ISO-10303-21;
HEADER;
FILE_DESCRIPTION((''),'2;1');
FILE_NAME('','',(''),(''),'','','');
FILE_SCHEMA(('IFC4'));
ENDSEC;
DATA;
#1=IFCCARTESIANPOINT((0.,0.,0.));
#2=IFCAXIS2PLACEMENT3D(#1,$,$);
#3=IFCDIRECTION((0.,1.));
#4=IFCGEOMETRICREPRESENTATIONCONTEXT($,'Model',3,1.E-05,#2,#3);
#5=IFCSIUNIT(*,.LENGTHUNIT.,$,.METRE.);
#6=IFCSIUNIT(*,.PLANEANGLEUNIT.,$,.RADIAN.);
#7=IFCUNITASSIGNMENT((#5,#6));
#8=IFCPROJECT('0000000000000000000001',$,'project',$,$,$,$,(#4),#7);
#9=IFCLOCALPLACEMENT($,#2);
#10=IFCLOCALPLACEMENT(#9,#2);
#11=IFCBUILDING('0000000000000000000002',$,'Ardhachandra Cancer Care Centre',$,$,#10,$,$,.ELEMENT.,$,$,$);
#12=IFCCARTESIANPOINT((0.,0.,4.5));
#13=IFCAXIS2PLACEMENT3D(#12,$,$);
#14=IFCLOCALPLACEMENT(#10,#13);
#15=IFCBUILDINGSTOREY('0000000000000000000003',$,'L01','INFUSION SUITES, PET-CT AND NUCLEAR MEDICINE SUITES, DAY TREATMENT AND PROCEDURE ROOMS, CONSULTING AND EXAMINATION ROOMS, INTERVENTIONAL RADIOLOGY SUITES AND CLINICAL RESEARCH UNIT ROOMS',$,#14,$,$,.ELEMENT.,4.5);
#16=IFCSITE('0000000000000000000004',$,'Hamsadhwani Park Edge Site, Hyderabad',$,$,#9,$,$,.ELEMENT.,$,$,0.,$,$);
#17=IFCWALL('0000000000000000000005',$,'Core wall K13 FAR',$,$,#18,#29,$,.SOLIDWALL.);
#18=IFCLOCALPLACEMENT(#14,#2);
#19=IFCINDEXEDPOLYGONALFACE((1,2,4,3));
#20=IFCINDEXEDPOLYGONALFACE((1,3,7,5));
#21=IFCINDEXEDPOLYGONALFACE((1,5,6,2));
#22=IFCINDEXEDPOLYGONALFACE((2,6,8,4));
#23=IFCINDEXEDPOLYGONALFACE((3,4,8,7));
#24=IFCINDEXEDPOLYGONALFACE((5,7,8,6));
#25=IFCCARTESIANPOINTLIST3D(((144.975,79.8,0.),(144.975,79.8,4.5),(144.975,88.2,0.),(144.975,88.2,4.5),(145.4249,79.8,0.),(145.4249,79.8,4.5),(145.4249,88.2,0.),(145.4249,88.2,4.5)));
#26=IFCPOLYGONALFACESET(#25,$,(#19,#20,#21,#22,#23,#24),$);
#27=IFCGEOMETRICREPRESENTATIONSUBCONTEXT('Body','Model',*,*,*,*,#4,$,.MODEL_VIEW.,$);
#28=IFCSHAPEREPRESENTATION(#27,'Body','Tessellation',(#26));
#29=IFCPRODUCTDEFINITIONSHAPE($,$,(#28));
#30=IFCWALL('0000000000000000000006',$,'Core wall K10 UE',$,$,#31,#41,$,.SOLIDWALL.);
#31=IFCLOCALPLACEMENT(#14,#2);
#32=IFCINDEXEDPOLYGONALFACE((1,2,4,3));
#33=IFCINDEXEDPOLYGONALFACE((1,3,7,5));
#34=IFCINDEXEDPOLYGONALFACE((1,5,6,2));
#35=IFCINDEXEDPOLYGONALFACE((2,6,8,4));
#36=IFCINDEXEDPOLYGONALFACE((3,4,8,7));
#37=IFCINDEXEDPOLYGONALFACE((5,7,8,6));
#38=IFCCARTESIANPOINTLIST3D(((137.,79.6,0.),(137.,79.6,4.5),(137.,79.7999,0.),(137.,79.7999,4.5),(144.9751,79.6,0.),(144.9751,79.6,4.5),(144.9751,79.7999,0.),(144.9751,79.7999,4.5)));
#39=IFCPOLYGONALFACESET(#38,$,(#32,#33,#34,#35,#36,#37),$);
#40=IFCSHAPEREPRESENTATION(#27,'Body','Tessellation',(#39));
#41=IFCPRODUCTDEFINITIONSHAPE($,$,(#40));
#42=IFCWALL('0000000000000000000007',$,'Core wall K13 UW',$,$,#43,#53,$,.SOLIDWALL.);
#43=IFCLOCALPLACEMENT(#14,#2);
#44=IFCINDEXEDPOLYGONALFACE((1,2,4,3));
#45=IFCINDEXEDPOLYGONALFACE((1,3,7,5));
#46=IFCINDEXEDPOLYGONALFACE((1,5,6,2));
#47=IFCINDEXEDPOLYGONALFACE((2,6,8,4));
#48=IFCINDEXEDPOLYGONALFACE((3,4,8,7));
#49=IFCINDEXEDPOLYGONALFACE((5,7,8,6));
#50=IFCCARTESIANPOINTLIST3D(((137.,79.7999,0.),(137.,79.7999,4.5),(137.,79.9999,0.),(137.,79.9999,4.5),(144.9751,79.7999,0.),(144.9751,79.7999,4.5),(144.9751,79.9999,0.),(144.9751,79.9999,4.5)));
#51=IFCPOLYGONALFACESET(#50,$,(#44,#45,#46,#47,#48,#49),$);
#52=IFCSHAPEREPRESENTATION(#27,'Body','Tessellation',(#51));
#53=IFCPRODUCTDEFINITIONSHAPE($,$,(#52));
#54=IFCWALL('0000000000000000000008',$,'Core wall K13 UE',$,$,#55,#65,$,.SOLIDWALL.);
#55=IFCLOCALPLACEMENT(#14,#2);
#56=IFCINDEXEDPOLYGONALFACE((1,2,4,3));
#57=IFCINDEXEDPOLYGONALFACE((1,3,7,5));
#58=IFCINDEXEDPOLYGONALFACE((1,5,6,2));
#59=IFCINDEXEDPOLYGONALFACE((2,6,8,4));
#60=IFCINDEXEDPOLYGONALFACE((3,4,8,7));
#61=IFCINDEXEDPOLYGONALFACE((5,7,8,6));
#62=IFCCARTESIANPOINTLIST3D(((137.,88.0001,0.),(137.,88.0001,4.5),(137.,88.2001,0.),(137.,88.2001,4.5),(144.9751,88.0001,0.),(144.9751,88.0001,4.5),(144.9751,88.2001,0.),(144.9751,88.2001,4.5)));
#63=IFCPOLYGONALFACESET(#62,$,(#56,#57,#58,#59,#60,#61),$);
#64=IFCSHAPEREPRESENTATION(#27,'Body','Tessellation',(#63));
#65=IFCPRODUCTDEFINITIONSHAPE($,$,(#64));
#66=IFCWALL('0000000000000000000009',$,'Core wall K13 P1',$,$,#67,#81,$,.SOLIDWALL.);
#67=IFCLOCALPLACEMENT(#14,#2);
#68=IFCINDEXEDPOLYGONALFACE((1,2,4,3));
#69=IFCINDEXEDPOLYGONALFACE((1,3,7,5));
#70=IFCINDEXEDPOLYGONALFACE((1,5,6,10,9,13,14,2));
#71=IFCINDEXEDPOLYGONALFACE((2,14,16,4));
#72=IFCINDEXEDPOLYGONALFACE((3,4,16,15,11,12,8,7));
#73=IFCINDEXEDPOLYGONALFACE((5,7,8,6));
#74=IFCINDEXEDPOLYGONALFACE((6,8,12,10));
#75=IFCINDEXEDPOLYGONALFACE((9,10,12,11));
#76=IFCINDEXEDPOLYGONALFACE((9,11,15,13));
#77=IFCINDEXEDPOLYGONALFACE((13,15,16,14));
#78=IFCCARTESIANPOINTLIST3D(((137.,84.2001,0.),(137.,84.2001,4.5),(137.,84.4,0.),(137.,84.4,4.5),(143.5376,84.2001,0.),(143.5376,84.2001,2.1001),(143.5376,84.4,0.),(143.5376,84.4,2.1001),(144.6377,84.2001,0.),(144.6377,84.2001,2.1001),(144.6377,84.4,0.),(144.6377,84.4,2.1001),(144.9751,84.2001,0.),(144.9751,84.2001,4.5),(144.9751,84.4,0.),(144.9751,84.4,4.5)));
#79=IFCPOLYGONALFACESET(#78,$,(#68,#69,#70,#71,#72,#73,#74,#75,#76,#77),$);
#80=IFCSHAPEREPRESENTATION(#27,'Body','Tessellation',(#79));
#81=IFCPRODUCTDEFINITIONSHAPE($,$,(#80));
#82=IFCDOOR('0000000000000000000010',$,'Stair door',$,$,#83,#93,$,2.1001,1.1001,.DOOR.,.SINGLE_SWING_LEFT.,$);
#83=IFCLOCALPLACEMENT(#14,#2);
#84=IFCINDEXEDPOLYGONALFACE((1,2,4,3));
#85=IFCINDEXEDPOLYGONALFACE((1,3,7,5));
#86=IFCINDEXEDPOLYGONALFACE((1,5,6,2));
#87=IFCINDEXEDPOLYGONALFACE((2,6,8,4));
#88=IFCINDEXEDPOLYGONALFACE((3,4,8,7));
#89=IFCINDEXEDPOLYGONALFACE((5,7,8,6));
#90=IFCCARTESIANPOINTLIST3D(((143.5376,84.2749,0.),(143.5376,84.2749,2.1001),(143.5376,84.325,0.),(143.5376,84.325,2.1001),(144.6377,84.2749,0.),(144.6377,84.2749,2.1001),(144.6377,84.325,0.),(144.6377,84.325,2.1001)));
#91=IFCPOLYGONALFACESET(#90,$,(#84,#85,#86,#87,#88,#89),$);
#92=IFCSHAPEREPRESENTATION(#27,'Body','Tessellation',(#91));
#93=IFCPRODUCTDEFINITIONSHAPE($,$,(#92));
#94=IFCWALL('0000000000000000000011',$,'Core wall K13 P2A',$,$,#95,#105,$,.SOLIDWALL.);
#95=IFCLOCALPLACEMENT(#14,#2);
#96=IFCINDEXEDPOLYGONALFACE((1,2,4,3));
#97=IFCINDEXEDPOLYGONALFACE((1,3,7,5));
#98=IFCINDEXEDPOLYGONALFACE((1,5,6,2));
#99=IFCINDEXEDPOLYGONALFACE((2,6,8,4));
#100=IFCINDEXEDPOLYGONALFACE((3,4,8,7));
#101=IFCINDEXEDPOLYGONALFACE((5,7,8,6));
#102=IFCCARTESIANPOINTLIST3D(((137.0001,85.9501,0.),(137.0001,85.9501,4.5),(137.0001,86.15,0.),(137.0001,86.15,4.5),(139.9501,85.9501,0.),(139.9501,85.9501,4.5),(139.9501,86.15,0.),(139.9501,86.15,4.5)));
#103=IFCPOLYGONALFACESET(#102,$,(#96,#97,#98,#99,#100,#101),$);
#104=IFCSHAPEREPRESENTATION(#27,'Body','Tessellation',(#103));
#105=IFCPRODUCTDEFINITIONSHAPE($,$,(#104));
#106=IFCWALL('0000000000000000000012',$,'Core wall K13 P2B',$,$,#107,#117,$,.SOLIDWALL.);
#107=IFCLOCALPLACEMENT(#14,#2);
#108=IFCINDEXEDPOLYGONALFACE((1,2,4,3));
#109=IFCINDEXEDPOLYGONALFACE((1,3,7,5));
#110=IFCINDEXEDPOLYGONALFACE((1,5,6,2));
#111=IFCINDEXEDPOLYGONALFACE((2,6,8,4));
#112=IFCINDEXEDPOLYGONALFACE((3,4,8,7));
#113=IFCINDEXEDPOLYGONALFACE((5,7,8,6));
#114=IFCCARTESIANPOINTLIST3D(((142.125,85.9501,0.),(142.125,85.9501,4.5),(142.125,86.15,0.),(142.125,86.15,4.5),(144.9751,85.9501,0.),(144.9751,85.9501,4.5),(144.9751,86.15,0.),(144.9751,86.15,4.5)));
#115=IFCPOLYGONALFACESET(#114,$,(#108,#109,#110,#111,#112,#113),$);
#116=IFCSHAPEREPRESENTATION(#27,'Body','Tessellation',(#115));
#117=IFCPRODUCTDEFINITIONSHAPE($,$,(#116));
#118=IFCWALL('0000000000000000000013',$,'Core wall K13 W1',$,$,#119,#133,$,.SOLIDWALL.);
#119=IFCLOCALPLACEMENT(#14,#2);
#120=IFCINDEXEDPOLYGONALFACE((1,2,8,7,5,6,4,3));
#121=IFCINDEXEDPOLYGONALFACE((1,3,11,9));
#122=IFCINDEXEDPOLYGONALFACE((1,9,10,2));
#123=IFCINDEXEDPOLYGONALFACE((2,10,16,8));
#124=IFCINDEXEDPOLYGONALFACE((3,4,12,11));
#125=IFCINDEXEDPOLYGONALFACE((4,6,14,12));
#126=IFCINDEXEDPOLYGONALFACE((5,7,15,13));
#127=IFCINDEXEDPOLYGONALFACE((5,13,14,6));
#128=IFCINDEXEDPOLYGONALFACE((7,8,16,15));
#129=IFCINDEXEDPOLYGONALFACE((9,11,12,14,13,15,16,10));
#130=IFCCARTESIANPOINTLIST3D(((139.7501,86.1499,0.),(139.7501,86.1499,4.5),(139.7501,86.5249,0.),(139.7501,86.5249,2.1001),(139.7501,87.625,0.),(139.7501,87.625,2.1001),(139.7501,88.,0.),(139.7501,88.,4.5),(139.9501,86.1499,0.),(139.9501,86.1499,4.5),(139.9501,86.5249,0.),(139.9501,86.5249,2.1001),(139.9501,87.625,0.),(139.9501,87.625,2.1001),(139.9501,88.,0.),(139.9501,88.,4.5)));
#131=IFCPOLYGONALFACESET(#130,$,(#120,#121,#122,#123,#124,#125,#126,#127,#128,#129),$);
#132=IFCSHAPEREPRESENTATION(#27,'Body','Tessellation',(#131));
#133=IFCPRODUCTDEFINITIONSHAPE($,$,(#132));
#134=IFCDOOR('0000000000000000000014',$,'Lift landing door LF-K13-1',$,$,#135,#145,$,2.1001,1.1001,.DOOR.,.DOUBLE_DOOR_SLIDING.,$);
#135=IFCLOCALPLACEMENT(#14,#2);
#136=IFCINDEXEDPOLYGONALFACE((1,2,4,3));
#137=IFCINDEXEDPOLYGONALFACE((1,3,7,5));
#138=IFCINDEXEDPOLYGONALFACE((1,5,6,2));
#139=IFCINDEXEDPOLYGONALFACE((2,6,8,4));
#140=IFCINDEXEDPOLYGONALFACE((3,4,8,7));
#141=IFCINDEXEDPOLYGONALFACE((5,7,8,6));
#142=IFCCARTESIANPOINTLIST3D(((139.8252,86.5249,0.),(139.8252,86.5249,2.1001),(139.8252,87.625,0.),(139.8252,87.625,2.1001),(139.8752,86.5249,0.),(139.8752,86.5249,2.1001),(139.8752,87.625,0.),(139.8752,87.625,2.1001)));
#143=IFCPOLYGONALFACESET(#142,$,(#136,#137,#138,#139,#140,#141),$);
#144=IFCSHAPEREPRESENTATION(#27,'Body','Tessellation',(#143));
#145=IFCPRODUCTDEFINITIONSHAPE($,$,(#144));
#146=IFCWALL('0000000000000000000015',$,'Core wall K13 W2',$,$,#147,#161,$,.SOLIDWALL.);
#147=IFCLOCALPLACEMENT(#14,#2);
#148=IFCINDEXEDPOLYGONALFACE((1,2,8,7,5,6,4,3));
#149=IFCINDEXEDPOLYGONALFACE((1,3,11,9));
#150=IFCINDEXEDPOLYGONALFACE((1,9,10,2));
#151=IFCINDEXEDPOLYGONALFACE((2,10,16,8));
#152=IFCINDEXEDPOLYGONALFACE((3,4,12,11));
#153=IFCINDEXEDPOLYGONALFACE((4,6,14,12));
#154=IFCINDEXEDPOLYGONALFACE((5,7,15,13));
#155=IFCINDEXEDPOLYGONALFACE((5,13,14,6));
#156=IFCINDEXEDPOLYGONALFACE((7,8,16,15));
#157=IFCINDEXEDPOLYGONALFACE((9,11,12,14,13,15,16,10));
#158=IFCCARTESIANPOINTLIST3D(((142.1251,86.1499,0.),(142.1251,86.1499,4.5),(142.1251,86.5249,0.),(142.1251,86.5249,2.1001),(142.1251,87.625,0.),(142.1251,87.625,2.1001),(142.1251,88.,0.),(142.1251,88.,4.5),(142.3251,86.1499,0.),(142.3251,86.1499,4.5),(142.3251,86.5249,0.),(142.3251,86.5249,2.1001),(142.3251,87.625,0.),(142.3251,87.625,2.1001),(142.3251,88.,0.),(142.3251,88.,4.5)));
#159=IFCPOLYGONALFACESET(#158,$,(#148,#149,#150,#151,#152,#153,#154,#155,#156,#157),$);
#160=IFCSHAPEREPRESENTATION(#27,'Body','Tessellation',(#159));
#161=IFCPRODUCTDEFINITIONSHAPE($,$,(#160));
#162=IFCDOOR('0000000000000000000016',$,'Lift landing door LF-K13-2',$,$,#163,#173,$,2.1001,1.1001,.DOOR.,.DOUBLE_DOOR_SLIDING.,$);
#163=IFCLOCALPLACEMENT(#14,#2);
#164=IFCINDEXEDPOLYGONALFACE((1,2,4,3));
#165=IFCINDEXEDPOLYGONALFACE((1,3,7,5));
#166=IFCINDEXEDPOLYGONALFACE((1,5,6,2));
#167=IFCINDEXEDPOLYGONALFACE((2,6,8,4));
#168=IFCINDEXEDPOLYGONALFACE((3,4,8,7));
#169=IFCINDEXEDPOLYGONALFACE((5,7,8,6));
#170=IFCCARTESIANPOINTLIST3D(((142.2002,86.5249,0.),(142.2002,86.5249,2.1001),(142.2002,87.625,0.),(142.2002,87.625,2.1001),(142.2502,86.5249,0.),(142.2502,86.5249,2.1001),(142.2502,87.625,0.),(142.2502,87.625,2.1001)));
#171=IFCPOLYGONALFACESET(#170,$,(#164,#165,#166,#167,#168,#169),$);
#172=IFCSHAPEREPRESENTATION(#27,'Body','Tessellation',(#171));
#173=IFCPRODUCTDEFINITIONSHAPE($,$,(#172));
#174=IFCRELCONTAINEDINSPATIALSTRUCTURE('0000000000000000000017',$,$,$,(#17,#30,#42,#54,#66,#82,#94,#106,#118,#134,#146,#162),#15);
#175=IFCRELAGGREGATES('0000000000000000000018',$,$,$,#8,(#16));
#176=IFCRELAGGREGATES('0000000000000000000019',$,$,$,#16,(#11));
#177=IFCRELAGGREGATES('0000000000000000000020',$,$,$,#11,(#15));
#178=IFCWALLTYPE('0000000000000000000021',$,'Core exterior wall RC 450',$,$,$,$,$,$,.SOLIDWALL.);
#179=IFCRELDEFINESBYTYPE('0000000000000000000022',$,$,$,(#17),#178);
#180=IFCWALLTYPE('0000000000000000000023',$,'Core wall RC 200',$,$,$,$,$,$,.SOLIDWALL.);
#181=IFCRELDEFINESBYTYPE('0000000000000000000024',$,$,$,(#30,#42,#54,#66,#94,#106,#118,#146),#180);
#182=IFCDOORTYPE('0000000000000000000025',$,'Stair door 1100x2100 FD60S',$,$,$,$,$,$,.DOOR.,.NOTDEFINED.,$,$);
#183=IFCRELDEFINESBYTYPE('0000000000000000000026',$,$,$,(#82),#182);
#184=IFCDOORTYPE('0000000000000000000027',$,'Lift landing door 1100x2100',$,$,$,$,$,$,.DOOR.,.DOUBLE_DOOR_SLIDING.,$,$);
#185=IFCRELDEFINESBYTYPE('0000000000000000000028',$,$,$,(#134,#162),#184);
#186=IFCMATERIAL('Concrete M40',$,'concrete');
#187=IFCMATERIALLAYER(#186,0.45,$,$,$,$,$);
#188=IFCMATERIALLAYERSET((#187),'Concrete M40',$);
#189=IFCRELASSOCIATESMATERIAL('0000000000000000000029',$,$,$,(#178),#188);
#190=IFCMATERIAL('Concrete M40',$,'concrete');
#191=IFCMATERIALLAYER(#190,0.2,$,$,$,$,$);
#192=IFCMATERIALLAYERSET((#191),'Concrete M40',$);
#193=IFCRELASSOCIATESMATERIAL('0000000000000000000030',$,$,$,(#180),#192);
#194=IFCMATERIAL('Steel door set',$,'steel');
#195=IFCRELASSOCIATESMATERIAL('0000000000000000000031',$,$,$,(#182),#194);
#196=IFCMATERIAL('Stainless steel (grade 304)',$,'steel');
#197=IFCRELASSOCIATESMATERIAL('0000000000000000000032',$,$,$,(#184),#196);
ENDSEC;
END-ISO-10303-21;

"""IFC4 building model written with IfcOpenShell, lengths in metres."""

from ifc_helpers import new_model, si_unit, direction, frame, frame_2d, origin, place, context, subcontext, project, spatial, rectangle, extrude, material, layer, layer_set, type_object, element, fill, save


model = new_model("IFC4")

# Units and contexts
model_context = context("Model", 3, precision=1e-05, world=origin(), true_north=direction((0.0, 1.0)))
body_context = subcontext(model_context, "Body", "Model", "MODEL_VIEW")
ifc_project = project(units=[si_unit("LENGTHUNIT", "METRE"), si_unit("PLANEANGLEUNIT", "RADIAN")], contexts=[model_context])

# Site, building, storey
site_placement = place(None, origin())
site = spatial("IfcSite", under=ifc_project, at=site_placement, Name="Hamsadhwani Park Edge Site, Hyderabad", CompositionType="ELEMENT", RefElevation=0.0)
building_placement = place(site_placement, origin())
building = spatial("IfcBuilding", under=site, at=building_placement, Name="Ardhachandra Cancer Care Centre", CompositionType="ELEMENT")
storey_placement = place(building_placement, frame((0.0, 0.0, 4.5)))
storey = spatial("IfcBuildingStorey", under=building, at=storey_placement, Name="L01", Description="INFUSION SUITES, PET-CT AND NUCLEAR MEDICINE SUITES, DAY TREATMENT AND PROCEDURE ROOMS, CONSULTING AND EXAMINATION ROOMS, INTERVENTIONAL RADIOLOGY SUITES AND CLINICAL RESEARCH UNIT ROOMS", CompositionType="ELEMENT", Elevation=4.5)

# Walls
ifc_material_1 = material(Name="Concrete M40", Category="concrete")
ifc_layer_1 = layer(ifc_material_1, 0.45)
ifc_layer_set_1 = layer_set([ifc_layer_1], Name="Concrete M40")
wall_type_1 = type_object("IfcWallType", Name="Core exterior wall RC 450", PredefinedType="SOLIDWALL", material=ifc_layer_set_1)
wall_1_placement = place(storey_placement, frame((145.2, 79.8, 0.0), z_axis=(0.0, 0.0, 1.0), x_axis=(0.0, 1.0, 0.0)))
element("IfcWall", 1, at=wall_1_placement, inside=storey, type_object=wall_type_1, Name="Core wall K13 FAR", PredefinedType="SOLIDWALL", context=body_context, shape_type="SweptSolid", body=[
    extrude(rectangle(XDim=8.3999, YDim=0.45, at=frame_2d((4.2, 0.0))), origin(), (0.0, 0.0, 1.0), 4.5),
])
ifc_material_2 = material(Name="Concrete M40", Category="concrete")
ifc_layer_2 = layer(ifc_material_2, 0.2)
ifc_layer_set_2 = layer_set([ifc_layer_2], Name="Concrete M40")
wall_type_2 = type_object("IfcWallType", Name="Core wall RC 200", PredefinedType="SOLIDWALL", material=ifc_layer_set_2)
for number, where, z_axis, x_axis, name in (
    (2, (137.0, 79.7, 0.0), (0.0, 0.0, 1.0), (1.0, 0.0, 0.0), "Core wall K10 UE"),
    (3, (137.0, 79.8999, 0.0), (0.0, 0.0, 1.0), (1.0, 0.0, 0.0), "Core wall K13 UW"),
    (4, (137.0, 88.1001, 0.0), (0.0, 0.0, 1.0), (1.0, 0.0, 0.0), "Core wall K13 UE"),
):
    element("IfcWall", number, at=place(storey_placement, frame(where, z_axis=z_axis, x_axis=x_axis)), inside=storey, type_object=wall_type_2, Name=name, PredefinedType="SOLIDWALL", context=body_context, shape_type="SweptSolid", body=[
        extrude(rectangle(XDim=7.9751, YDim=0.2, at=frame_2d((3.9875, 0.0))), origin(), (0.0, 0.0, 1.0), 4.5),
    ])

# Wall, opening, door
wall_2_placement = place(storey_placement, frame((137.0, 84.3, 0.0), z_axis=(0.0, 0.0, 1.0), x_axis=(1.0, 0.0, 0.0)))
wall_2 = element("IfcWall", 5, at=wall_2_placement, inside=storey, type_object=wall_type_2, Name="Core wall K13 P1", PredefinedType="SOLIDWALL", context=body_context, shape_type="SweptSolid", body=[
    extrude(rectangle(XDim=7.9751, YDim=0.2, at=frame_2d((3.9875, 0.0))), origin(), (0.0, 0.0, 1.0), 4.5),
])
opening_1_placement = place(wall_2_placement, frame((6.5376, 0.0, 0.0)))
opening_1 = element("IfcOpeningElement", 6, at=opening_1_placement, cuts=wall_2, PredefinedType="OPENING", context=body_context, shape_type="SweptSolid", body=[
    extrude(rectangle(XDim=1.1001, YDim=2.1001, at=frame_2d((0.55, 1.05))), frame((0.0, 0.1099, 0.0), z_axis=(0.0, -1.0, 0.0), x_axis=(1.0, 0.0, 0.0)), (0.0, 0.0, 1.0), 0.22),
])
ifc_material_3 = material(Name="Steel door set", Category="steel")
door_type_1 = type_object("IfcDoorType", Name="Stair door 1100x2100 FD60S", OperationType="NOTDEFINED", PredefinedType="DOOR", material=ifc_material_3)
door_1_placement = place(opening_1_placement, origin())
door_1 = element("IfcDoor", 7, at=door_1_placement, inside=storey, type_object=door_type_1, Name="Stair door", OperationType="SINGLE_SWING_LEFT", OverallHeight=2.1001, OverallWidth=1.1001, PredefinedType="DOOR", context=body_context, shape_type="SweptSolid", body=[
    extrude(rectangle(XDim=1.1001, YDim=2.1001, at=frame_2d((0.55, 1.05))), frame((0.0, 0.0249, 0.0), z_axis=(0.0, -1.0, 0.0), x_axis=(1.0, 0.0, 0.0)), (0.0, 0.0, 1.0), 0.05),
])
fill(opening_1, door_1)

# Walls
wall_3_placement = place(storey_placement, frame((137.0, 86.05, 0.0), z_axis=(0.0, 0.0, 1.0), x_axis=(1.0, 0.0, 0.0)))
element("IfcWall", 8, at=wall_3_placement, inside=storey, type_object=wall_type_2, Name="Core wall K13 P2A", PredefinedType="SOLIDWALL", context=body_context, shape_type="SweptSolid", body=[
    extrude(rectangle(XDim=2.95, YDim=0.2, at=frame_2d((1.4751, 0.0))), origin(), (0.0, 0.0, 1.0), 4.5),
])
wall_4_placement = place(storey_placement, frame((142.125, 86.05, 0.0), z_axis=(0.0, 0.0, 1.0), x_axis=(1.0, 0.0, 0.0)))
element("IfcWall", 9, at=wall_4_placement, inside=storey, type_object=wall_type_2, Name="Core wall K13 P2B", PredefinedType="SOLIDWALL", context=body_context, shape_type="SweptSolid", body=[
    extrude(rectangle(XDim=2.8501, YDim=0.2, at=frame_2d((1.425, 0.0))), origin(), (0.0, 0.0, 1.0), 4.5),
])

# Walls, openings, doors
wall_5_placement = place(storey_placement, frame((139.8501, 86.1499, 0.0), z_axis=(0.0, 0.0, 1.0), x_axis=(0.0, 1.0, 0.0)))
wall_5 = element("IfcWall", 10, at=wall_5_placement, inside=storey, type_object=wall_type_2, Name="Core wall K13 W1", PredefinedType="SOLIDWALL", context=body_context, shape_type="SweptSolid", body=[
    extrude(rectangle(XDim=1.8501, YDim=0.2, at=frame_2d((0.925, 0.0))), origin(), (0.0, 0.0, 1.0), 4.5),
])
opening_2_placement = place(wall_5_placement, frame((0.375, 0.0, 0.0)))
opening_2 = element("IfcOpeningElement", 11, at=opening_2_placement, cuts=wall_5, PredefinedType="OPENING", context=body_context, shape_type="SweptSolid", body=[
    extrude(rectangle(XDim=1.1001, YDim=2.1001, at=frame_2d((0.55, 1.05))), frame((0.0, 0.1099, 0.0), z_axis=(0.0, -1.0, 0.0), x_axis=(1.0, 0.0, 0.0)), (0.0, 0.0, 1.0), 0.22),
])
ifc_material_4 = material(Name="Stainless steel (grade 304)", Category="steel")
door_type_2 = type_object("IfcDoorType", Name="Lift landing door 1100x2100", OperationType="DOUBLE_DOOR_SLIDING", PredefinedType="DOOR", material=ifc_material_4)
door_2_placement = place(opening_2_placement, origin())
door_2 = element("IfcDoor", 12, at=door_2_placement, inside=storey, type_object=door_type_2, Name="Lift landing door LF-K13-1", OperationType="DOUBLE_DOOR_SLIDING", OverallHeight=2.1001, OverallWidth=1.1001, PredefinedType="DOOR", context=body_context, shape_type="SweptSolid", body=[
    extrude(rectangle(XDim=1.1001, YDim=2.1001, at=frame_2d((0.55, 1.05))), frame((0.0, 0.0249, 0.0), z_axis=(0.0, -1.0, 0.0), x_axis=(1.0, 0.0, 0.0)), (0.0, 0.0, 1.0), 0.05),
])
fill(opening_2, door_2)
wall_6_placement = place(storey_placement, frame((142.2251, 86.1499, 0.0), z_axis=(0.0, 0.0, 1.0), x_axis=(0.0, 1.0, 0.0)))
wall_6 = element("IfcWall", 13, at=wall_6_placement, inside=storey, type_object=wall_type_2, Name="Core wall K13 W2", PredefinedType="SOLIDWALL", context=body_context, shape_type="SweptSolid", body=[
    extrude(rectangle(XDim=1.8501, YDim=0.2, at=frame_2d((0.925, 0.0))), origin(), (0.0, 0.0, 1.0), 4.5),
])
opening_3_placement = place(wall_6_placement, frame((0.375, 0.0, 0.0)))
opening_3 = element("IfcOpeningElement", 14, at=opening_3_placement, cuts=wall_6, PredefinedType="OPENING", context=body_context, shape_type="SweptSolid", body=[
    extrude(rectangle(XDim=1.1001, YDim=2.1001, at=frame_2d((0.55, 1.05))), frame((0.0, 0.1099, 0.0), z_axis=(0.0, -1.0, 0.0), x_axis=(1.0, 0.0, 0.0)), (0.0, 0.0, 1.0), 0.22),
])
door_3_placement = place(opening_3_placement, origin())
door_3 = element("IfcDoor", 15, at=door_3_placement, inside=storey, type_object=door_type_2, Name="Lift landing door LF-K13-2", OperationType="DOUBLE_DOOR_SLIDING", OverallHeight=2.1001, OverallWidth=1.1001, PredefinedType="DOOR", context=body_context, shape_type="SweptSolid", body=[
    extrude(rectangle(XDim=1.1001, YDim=2.1001, at=frame_2d((0.55, 1.05))), frame((0.0, 0.0249, 0.0), z_axis=(0.0, -1.0, 0.0), x_axis=(1.0, 0.0, 0.0)), (0.0, 0.0, 1.0), 0.05),
])
fill(opening_3, door_3)

save(model, "model.ifc")
